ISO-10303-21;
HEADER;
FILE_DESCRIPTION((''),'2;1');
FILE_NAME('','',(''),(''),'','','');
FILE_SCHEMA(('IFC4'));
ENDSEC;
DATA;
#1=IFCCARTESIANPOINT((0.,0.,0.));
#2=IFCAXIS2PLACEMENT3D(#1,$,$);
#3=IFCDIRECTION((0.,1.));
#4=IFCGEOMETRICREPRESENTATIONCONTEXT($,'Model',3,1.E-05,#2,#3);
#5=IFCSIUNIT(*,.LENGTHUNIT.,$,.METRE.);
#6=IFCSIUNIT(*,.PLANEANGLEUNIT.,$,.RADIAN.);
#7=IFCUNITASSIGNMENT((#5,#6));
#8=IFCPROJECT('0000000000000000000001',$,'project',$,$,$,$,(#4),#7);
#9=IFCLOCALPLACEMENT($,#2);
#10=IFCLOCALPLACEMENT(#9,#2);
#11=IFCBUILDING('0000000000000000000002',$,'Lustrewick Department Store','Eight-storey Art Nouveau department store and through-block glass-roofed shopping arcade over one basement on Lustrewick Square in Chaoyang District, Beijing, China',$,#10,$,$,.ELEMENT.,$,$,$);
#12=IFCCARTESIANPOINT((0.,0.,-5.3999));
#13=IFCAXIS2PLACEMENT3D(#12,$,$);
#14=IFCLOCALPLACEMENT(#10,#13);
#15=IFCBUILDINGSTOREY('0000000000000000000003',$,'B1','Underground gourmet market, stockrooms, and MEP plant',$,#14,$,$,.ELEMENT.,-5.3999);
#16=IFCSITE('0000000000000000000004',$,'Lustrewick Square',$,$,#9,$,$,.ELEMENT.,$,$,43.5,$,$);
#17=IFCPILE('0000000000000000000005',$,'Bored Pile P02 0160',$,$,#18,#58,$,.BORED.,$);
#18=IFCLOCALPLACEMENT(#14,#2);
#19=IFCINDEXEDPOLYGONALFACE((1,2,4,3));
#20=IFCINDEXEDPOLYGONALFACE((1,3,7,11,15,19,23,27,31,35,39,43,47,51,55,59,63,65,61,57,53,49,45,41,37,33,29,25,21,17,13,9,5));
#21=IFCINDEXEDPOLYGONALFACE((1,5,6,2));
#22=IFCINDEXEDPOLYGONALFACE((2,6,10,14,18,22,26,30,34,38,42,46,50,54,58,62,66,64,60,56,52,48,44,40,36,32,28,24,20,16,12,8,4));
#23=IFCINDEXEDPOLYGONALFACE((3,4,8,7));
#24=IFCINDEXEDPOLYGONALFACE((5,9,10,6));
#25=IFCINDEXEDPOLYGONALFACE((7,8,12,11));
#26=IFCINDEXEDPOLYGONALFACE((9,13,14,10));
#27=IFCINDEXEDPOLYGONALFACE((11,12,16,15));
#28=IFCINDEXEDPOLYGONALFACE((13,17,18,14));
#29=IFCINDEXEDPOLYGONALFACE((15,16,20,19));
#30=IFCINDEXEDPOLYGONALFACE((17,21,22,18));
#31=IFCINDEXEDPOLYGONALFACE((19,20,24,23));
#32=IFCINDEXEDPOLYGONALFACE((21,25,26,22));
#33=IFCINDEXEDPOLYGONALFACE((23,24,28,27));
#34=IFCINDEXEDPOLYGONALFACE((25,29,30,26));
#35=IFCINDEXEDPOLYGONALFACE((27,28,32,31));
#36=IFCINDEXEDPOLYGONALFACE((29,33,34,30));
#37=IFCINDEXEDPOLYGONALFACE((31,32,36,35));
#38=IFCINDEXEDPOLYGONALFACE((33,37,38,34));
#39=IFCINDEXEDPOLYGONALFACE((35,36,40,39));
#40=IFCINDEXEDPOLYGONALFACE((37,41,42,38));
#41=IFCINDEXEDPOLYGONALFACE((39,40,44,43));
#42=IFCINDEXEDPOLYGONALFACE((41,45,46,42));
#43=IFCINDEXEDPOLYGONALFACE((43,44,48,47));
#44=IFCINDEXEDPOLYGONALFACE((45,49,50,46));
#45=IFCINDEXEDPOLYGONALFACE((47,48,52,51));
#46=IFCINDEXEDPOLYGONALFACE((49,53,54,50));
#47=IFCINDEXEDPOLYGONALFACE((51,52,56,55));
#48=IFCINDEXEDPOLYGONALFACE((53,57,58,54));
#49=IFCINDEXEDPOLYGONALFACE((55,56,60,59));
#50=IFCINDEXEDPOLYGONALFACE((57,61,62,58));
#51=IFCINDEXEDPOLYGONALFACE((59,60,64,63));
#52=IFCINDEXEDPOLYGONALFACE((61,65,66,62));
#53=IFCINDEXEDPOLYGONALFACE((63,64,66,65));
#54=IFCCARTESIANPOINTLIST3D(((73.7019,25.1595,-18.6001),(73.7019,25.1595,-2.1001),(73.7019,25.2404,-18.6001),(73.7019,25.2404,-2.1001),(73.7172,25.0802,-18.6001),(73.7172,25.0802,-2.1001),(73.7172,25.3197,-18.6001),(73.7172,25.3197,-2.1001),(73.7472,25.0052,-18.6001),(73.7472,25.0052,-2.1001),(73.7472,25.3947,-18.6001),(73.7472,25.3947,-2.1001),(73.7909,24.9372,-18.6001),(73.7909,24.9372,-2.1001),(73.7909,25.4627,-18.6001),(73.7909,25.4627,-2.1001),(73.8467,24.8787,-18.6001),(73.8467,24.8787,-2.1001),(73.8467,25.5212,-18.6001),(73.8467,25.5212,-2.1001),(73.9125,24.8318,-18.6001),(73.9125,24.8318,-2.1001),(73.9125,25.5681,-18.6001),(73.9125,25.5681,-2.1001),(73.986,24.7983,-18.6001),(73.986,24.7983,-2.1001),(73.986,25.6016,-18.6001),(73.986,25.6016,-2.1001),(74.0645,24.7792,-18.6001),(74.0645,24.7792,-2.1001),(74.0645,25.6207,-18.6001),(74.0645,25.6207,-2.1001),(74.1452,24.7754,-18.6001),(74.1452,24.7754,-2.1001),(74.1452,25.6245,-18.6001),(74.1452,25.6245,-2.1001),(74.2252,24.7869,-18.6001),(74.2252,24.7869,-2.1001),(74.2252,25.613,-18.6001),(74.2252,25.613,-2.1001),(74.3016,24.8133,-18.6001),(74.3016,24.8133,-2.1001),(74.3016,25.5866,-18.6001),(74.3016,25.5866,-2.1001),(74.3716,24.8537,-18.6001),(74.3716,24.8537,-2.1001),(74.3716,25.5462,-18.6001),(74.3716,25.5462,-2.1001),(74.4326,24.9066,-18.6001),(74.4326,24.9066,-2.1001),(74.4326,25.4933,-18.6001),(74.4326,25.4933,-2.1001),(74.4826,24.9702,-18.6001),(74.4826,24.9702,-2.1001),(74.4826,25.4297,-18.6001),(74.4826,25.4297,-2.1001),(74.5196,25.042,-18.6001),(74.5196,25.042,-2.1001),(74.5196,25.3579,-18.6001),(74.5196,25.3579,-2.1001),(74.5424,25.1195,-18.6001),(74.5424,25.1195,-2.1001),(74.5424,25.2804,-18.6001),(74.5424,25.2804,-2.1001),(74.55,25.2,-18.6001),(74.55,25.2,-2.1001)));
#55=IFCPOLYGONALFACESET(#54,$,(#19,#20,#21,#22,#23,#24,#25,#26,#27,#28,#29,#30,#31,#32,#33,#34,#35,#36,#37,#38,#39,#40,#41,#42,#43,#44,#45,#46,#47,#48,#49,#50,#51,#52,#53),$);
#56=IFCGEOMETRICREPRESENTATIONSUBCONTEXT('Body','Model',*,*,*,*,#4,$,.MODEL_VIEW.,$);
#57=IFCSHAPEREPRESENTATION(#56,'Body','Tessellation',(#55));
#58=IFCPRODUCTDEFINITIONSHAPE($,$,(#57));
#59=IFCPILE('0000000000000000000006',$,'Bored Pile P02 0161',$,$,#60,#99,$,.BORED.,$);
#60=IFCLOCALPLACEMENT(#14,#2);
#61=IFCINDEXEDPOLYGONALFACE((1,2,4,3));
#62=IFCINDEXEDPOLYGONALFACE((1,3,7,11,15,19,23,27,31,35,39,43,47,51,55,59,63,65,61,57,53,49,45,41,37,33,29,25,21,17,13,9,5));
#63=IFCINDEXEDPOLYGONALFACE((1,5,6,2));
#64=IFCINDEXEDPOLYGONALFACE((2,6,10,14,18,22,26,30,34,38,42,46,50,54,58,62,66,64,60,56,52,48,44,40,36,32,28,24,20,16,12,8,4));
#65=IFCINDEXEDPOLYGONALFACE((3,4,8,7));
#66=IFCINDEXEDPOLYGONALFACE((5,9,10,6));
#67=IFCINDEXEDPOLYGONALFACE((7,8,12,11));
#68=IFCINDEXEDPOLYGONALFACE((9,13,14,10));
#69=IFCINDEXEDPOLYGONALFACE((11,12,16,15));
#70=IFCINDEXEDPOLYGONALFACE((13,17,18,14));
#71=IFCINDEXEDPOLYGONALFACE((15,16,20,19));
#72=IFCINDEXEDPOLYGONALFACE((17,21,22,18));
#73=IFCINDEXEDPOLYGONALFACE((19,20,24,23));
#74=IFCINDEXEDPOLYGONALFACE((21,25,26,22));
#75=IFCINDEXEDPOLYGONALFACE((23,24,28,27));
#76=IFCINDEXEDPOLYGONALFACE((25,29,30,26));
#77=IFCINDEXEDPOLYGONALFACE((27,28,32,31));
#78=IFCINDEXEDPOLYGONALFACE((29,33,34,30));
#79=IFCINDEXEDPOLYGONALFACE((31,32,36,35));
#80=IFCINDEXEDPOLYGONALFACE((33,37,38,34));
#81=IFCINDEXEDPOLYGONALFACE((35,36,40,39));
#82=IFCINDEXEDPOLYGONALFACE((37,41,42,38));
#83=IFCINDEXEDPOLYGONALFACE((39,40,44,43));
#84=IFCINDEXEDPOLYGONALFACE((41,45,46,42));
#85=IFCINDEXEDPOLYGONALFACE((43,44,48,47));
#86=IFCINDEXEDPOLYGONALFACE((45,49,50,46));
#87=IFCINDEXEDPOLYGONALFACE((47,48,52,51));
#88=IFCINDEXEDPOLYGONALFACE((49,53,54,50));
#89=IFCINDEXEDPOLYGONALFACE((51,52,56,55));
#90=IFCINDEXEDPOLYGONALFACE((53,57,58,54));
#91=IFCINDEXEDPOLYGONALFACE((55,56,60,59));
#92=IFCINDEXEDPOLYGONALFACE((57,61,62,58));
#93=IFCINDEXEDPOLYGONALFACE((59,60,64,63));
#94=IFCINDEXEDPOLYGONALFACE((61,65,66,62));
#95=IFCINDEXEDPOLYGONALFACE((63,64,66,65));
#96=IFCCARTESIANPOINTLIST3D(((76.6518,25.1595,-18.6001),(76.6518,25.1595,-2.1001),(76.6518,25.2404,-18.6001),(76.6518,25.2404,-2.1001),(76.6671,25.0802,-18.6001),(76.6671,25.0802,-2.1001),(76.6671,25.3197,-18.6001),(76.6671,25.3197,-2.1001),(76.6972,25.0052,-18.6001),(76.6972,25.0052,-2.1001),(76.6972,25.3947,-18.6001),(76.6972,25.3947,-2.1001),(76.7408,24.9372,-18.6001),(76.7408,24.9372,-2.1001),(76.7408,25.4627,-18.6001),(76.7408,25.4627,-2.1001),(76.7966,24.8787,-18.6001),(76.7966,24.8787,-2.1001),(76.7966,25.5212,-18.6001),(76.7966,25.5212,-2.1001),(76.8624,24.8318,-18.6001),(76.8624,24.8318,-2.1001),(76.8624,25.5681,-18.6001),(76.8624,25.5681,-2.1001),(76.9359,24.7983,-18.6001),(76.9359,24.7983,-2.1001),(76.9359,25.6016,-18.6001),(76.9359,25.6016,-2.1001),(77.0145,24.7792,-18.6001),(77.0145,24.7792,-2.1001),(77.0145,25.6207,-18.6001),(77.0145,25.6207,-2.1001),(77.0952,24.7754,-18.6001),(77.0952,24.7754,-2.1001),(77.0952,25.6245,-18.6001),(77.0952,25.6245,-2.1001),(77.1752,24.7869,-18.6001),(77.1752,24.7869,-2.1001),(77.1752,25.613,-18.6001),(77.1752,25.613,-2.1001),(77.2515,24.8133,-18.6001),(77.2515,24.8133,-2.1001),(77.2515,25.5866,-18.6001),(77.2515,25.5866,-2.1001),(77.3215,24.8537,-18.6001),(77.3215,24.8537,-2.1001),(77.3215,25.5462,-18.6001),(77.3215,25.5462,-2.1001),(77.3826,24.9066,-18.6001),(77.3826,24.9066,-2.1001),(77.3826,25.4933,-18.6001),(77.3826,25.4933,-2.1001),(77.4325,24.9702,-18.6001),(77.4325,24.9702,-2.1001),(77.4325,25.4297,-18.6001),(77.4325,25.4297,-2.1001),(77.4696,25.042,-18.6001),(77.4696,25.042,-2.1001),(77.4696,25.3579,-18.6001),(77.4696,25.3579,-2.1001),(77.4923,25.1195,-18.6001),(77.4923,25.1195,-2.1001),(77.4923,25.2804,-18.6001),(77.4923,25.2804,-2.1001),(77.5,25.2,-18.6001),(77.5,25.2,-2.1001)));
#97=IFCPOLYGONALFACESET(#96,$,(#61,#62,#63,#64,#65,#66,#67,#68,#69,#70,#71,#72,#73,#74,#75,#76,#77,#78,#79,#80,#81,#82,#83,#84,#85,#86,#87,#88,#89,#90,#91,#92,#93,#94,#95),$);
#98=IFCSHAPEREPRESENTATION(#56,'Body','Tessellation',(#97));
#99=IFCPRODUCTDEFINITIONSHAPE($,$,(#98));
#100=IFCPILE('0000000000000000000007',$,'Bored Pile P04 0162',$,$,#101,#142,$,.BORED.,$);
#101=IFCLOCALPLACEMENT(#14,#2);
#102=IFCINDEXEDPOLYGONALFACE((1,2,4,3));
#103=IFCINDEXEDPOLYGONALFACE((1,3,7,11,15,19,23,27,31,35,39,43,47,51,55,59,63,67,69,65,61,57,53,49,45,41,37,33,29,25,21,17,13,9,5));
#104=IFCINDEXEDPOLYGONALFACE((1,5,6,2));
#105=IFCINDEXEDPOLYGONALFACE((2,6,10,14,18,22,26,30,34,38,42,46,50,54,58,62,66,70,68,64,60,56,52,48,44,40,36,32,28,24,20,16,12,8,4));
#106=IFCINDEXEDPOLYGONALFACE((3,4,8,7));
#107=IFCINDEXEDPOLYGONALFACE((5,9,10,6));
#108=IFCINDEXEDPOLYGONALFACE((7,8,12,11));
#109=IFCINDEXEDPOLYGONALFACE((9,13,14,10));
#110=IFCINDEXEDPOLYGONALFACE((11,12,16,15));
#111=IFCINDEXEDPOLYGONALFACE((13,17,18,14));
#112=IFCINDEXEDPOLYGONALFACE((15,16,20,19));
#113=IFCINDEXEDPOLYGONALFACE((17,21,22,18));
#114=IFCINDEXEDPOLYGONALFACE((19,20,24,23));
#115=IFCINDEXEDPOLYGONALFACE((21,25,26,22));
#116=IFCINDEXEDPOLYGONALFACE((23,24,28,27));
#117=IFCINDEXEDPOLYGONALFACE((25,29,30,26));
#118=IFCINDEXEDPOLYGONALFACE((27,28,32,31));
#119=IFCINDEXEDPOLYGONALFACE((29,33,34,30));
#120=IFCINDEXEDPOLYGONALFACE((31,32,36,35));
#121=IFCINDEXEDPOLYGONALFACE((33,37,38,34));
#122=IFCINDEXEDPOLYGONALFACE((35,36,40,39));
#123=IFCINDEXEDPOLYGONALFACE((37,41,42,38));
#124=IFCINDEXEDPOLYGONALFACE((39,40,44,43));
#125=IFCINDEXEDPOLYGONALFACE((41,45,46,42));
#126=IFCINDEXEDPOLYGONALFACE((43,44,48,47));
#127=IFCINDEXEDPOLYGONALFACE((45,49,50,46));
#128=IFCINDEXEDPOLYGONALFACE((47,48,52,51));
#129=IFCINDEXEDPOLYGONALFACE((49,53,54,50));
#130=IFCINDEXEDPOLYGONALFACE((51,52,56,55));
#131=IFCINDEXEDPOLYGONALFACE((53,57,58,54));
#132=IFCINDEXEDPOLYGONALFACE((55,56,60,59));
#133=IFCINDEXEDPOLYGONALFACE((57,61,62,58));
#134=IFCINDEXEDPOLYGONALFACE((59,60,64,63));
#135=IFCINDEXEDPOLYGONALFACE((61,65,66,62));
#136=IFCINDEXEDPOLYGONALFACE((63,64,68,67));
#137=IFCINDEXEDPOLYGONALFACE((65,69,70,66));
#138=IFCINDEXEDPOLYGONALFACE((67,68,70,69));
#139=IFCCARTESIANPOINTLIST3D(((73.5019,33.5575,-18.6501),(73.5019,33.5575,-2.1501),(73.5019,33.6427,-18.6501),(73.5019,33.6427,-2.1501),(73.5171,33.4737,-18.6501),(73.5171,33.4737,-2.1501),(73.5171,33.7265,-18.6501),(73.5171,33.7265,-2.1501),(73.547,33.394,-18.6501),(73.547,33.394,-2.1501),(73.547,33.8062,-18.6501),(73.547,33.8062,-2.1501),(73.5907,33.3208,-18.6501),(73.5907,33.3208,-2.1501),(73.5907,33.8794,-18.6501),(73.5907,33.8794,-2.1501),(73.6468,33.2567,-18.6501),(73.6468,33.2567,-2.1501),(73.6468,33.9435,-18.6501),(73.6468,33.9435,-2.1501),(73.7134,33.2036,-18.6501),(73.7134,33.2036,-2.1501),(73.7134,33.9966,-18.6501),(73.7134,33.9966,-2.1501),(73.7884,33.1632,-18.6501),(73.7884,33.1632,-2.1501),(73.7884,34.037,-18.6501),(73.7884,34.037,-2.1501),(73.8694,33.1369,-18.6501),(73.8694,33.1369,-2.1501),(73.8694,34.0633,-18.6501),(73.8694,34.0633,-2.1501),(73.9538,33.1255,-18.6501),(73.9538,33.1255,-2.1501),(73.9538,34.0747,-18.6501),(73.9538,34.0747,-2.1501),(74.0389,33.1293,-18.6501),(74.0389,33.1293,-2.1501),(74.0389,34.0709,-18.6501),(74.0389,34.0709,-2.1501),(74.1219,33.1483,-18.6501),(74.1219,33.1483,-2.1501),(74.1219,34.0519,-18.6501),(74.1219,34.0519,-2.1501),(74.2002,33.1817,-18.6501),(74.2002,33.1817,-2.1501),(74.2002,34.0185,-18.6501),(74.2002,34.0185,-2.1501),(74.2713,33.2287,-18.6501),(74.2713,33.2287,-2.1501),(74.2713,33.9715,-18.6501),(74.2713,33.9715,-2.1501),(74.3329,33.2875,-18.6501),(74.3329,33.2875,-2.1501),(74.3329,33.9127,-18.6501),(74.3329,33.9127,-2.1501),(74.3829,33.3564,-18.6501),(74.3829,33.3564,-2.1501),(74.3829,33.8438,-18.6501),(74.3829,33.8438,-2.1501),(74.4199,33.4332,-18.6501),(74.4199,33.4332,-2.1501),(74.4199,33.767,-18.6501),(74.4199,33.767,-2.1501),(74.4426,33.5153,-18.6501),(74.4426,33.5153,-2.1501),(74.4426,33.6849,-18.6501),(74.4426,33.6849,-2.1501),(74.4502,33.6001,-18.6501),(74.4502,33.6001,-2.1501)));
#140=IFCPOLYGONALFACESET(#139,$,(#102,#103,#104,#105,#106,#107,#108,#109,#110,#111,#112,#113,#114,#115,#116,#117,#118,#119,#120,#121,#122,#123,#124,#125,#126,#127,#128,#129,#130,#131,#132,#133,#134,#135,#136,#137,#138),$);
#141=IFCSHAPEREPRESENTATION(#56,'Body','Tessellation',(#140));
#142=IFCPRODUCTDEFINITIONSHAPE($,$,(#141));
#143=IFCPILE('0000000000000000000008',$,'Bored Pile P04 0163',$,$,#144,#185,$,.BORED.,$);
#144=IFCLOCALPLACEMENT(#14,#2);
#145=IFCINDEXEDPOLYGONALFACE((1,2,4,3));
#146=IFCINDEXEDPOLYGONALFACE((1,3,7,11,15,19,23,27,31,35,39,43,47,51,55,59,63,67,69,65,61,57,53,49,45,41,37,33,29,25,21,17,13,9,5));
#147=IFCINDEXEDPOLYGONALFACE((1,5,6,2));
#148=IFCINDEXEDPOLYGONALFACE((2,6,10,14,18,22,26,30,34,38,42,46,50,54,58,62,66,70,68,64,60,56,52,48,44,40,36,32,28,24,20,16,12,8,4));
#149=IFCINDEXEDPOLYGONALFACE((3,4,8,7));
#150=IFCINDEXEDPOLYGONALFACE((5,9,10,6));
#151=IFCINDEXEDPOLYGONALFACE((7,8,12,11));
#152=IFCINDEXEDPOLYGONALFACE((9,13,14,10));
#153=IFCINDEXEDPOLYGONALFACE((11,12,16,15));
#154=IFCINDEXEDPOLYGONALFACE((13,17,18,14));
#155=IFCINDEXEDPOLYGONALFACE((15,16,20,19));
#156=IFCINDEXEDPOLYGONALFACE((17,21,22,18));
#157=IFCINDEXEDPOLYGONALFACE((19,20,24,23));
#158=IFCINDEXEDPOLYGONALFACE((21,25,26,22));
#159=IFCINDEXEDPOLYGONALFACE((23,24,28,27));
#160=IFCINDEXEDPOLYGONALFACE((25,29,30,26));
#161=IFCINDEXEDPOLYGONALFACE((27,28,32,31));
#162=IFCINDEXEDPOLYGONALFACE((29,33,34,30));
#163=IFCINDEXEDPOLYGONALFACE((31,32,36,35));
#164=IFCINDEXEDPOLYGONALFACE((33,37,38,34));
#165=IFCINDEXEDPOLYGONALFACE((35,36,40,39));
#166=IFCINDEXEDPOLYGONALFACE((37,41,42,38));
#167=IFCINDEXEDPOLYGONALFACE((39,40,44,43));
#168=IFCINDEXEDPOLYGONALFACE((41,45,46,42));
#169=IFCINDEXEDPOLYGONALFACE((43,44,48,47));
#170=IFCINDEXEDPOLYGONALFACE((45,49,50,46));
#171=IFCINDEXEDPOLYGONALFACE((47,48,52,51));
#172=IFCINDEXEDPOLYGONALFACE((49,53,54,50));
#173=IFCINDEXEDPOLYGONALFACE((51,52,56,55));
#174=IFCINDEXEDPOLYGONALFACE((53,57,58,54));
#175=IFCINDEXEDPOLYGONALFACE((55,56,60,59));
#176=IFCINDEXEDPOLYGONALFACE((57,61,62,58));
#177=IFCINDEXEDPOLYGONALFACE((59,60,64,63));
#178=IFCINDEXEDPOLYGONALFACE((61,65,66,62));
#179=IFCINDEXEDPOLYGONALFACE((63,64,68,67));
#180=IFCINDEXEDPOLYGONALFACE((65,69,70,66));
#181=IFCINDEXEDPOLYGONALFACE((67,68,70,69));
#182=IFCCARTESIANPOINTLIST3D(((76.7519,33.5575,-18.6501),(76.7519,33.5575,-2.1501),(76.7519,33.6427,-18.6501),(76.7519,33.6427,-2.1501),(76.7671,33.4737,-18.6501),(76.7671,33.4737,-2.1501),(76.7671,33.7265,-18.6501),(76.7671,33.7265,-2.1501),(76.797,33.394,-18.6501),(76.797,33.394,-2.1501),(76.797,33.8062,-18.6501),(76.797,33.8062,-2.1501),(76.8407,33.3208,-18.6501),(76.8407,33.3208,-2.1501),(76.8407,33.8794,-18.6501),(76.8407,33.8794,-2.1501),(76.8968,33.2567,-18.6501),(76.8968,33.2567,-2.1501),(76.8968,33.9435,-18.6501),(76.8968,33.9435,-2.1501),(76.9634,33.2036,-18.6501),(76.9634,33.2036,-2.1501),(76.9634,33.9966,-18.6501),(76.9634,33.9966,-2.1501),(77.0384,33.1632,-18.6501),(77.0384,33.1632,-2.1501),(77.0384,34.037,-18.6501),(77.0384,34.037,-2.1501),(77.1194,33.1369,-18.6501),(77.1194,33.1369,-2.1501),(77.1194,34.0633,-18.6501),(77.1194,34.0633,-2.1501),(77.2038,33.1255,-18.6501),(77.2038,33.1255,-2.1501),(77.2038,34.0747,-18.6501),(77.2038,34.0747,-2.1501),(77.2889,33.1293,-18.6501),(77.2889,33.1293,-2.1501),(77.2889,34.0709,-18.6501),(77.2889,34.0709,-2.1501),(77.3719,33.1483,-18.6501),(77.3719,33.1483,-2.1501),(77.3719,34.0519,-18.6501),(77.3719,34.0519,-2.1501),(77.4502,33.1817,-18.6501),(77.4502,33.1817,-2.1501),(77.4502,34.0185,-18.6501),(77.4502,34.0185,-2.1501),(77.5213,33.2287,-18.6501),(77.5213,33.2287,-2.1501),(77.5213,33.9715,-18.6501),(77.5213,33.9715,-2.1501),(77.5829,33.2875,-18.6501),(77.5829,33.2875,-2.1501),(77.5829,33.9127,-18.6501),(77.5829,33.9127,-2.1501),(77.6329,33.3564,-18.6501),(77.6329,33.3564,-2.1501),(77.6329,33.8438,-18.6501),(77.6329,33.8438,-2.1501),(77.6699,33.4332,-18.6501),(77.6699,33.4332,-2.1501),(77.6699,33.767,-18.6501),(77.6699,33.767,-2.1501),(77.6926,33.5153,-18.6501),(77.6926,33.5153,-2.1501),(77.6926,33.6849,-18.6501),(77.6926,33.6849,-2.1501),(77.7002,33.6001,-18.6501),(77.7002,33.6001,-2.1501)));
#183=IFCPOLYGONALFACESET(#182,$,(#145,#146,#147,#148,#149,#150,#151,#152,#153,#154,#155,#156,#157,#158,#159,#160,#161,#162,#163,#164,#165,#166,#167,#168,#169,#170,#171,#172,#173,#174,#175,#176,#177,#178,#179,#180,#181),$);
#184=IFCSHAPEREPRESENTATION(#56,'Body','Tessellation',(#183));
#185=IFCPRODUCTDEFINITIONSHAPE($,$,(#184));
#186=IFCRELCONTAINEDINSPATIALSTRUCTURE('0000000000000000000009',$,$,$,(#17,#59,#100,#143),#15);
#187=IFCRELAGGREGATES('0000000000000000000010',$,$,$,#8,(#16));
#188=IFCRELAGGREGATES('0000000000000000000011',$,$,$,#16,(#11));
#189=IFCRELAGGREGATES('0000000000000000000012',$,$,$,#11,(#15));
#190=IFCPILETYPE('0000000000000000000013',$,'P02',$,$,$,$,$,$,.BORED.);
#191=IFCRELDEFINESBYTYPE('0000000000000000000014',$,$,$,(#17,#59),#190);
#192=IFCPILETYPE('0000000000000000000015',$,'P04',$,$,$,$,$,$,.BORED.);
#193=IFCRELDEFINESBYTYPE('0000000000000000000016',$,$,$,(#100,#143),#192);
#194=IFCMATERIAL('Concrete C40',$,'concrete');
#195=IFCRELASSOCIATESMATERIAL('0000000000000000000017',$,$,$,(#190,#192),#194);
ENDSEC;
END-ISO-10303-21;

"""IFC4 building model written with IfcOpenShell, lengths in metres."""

from ifc_helpers import new_model, si_unit, direction, frame, origin, origin_2d, place, context, subcontext, project, spatial, circle, extrude, material, material_profile, profile_set, type_object, element, save


model = new_model("IFC4")

# Units and contexts
model_context = context("Model", 3, precision=1e-05, world=origin(), true_north=direction((0.0, 1.0)))
body_context = subcontext(model_context, "Body", "Model", "MODEL_VIEW")
ifc_project = project(units=[si_unit("LENGTHUNIT", "METRE"), si_unit("PLANEANGLEUNIT", "RADIAN")], contexts=[model_context])

# Site, building, storey
site_placement = place(None, origin())
site = spatial("IfcSite", under=ifc_project, at=site_placement, Name="Lustrewick Square", CompositionType="ELEMENT", RefElevation=43.5)
building_placement = place(site_placement, origin())
building = spatial("IfcBuilding", under=site, at=building_placement, Name="Lustrewick Department Store", Description="Eight-storey Art Nouveau department store and through-block glass-roofed shopping arcade over one basement on Lustrewick Square in Chaoyang District, Beijing, China", CompositionType="ELEMENT")
storey_placement = place(building_placement, frame((0.0, 0.0, -5.3999)))
storey = spatial("IfcBuildingStorey", under=building, at=storey_placement, Name="B1", Description="Underground gourmet market, stockrooms, and MEP plant", CompositionType="ELEMENT", Elevation=-5.3999)

# Piles
ifc_material_1 = material(Name="Concrete C40", Category="concrete")
ifc_material_profile_1 = material_profile(ifc_material_1, circle(Radius=0.425, at=origin_2d()), Name="PILE D850")
ifc_profile_set_1 = profile_set([ifc_material_profile_1], Name="Concrete C40")
pile_type_1 = type_object("IfcPileType", Name="P02", PredefinedType="BORED", material=ifc_profile_set_1)
for number, where, z_axis, x_axis, name in (
    (1, (74.125, 25.2, -2.1001), (0.0, 0.0, -1.0), (1.0, 0.0, 0.0), "Bored Pile P02 0160"),
    (2, (77.075, 25.2, -2.1001), (0.0, 0.0, -1.0), (1.0, 0.0, 0.0), "Bored Pile P02 0161"),
):
    element("IfcPile", number, at=place(storey_placement, frame(where, z_axis=z_axis, x_axis=x_axis)), inside=storey, type_object=pile_type_1, Name=name, PredefinedType="BORED", context=body_context, shape_type="SweptSolid", body=[
        extrude(circle(Radius=0.425, at=origin_2d()), origin(), (0.0, 0.0, 1.0), 16.5),
    ])
ifc_material_profile_2 = material_profile(ifc_material_1, circle(Radius=0.4751, at=origin_2d()), Name="PILE D950")
ifc_profile_set_2 = profile_set([ifc_material_profile_2], Name="Concrete C40")
pile_type_2 = type_object("IfcPileType", Name="P04", PredefinedType="BORED", material=ifc_profile_set_2)
for number, where, z_axis, x_axis, name in (
    (3, (73.9751, 33.6001, -2.1501), (0.0, 0.0, -1.0), (1.0, 0.0, 0.0), "Bored Pile P04 0162"),
    (4, (77.2251, 33.6001, -2.1501), (0.0, 0.0, -1.0), (1.0, 0.0, 0.0), "Bored Pile P04 0163"),
):
    element("IfcPile", number, at=place(storey_placement, frame(where, z_axis=z_axis, x_axis=x_axis)), inside=storey, type_object=pile_type_2, Name=name, PredefinedType="BORED", context=body_context, shape_type="SweptSolid", body=[
        extrude(circle(Radius=0.4751, at=origin_2d()), origin(), (0.0, 0.0, 1.0), 16.5),
    ])

save(model, "model.ifc")
